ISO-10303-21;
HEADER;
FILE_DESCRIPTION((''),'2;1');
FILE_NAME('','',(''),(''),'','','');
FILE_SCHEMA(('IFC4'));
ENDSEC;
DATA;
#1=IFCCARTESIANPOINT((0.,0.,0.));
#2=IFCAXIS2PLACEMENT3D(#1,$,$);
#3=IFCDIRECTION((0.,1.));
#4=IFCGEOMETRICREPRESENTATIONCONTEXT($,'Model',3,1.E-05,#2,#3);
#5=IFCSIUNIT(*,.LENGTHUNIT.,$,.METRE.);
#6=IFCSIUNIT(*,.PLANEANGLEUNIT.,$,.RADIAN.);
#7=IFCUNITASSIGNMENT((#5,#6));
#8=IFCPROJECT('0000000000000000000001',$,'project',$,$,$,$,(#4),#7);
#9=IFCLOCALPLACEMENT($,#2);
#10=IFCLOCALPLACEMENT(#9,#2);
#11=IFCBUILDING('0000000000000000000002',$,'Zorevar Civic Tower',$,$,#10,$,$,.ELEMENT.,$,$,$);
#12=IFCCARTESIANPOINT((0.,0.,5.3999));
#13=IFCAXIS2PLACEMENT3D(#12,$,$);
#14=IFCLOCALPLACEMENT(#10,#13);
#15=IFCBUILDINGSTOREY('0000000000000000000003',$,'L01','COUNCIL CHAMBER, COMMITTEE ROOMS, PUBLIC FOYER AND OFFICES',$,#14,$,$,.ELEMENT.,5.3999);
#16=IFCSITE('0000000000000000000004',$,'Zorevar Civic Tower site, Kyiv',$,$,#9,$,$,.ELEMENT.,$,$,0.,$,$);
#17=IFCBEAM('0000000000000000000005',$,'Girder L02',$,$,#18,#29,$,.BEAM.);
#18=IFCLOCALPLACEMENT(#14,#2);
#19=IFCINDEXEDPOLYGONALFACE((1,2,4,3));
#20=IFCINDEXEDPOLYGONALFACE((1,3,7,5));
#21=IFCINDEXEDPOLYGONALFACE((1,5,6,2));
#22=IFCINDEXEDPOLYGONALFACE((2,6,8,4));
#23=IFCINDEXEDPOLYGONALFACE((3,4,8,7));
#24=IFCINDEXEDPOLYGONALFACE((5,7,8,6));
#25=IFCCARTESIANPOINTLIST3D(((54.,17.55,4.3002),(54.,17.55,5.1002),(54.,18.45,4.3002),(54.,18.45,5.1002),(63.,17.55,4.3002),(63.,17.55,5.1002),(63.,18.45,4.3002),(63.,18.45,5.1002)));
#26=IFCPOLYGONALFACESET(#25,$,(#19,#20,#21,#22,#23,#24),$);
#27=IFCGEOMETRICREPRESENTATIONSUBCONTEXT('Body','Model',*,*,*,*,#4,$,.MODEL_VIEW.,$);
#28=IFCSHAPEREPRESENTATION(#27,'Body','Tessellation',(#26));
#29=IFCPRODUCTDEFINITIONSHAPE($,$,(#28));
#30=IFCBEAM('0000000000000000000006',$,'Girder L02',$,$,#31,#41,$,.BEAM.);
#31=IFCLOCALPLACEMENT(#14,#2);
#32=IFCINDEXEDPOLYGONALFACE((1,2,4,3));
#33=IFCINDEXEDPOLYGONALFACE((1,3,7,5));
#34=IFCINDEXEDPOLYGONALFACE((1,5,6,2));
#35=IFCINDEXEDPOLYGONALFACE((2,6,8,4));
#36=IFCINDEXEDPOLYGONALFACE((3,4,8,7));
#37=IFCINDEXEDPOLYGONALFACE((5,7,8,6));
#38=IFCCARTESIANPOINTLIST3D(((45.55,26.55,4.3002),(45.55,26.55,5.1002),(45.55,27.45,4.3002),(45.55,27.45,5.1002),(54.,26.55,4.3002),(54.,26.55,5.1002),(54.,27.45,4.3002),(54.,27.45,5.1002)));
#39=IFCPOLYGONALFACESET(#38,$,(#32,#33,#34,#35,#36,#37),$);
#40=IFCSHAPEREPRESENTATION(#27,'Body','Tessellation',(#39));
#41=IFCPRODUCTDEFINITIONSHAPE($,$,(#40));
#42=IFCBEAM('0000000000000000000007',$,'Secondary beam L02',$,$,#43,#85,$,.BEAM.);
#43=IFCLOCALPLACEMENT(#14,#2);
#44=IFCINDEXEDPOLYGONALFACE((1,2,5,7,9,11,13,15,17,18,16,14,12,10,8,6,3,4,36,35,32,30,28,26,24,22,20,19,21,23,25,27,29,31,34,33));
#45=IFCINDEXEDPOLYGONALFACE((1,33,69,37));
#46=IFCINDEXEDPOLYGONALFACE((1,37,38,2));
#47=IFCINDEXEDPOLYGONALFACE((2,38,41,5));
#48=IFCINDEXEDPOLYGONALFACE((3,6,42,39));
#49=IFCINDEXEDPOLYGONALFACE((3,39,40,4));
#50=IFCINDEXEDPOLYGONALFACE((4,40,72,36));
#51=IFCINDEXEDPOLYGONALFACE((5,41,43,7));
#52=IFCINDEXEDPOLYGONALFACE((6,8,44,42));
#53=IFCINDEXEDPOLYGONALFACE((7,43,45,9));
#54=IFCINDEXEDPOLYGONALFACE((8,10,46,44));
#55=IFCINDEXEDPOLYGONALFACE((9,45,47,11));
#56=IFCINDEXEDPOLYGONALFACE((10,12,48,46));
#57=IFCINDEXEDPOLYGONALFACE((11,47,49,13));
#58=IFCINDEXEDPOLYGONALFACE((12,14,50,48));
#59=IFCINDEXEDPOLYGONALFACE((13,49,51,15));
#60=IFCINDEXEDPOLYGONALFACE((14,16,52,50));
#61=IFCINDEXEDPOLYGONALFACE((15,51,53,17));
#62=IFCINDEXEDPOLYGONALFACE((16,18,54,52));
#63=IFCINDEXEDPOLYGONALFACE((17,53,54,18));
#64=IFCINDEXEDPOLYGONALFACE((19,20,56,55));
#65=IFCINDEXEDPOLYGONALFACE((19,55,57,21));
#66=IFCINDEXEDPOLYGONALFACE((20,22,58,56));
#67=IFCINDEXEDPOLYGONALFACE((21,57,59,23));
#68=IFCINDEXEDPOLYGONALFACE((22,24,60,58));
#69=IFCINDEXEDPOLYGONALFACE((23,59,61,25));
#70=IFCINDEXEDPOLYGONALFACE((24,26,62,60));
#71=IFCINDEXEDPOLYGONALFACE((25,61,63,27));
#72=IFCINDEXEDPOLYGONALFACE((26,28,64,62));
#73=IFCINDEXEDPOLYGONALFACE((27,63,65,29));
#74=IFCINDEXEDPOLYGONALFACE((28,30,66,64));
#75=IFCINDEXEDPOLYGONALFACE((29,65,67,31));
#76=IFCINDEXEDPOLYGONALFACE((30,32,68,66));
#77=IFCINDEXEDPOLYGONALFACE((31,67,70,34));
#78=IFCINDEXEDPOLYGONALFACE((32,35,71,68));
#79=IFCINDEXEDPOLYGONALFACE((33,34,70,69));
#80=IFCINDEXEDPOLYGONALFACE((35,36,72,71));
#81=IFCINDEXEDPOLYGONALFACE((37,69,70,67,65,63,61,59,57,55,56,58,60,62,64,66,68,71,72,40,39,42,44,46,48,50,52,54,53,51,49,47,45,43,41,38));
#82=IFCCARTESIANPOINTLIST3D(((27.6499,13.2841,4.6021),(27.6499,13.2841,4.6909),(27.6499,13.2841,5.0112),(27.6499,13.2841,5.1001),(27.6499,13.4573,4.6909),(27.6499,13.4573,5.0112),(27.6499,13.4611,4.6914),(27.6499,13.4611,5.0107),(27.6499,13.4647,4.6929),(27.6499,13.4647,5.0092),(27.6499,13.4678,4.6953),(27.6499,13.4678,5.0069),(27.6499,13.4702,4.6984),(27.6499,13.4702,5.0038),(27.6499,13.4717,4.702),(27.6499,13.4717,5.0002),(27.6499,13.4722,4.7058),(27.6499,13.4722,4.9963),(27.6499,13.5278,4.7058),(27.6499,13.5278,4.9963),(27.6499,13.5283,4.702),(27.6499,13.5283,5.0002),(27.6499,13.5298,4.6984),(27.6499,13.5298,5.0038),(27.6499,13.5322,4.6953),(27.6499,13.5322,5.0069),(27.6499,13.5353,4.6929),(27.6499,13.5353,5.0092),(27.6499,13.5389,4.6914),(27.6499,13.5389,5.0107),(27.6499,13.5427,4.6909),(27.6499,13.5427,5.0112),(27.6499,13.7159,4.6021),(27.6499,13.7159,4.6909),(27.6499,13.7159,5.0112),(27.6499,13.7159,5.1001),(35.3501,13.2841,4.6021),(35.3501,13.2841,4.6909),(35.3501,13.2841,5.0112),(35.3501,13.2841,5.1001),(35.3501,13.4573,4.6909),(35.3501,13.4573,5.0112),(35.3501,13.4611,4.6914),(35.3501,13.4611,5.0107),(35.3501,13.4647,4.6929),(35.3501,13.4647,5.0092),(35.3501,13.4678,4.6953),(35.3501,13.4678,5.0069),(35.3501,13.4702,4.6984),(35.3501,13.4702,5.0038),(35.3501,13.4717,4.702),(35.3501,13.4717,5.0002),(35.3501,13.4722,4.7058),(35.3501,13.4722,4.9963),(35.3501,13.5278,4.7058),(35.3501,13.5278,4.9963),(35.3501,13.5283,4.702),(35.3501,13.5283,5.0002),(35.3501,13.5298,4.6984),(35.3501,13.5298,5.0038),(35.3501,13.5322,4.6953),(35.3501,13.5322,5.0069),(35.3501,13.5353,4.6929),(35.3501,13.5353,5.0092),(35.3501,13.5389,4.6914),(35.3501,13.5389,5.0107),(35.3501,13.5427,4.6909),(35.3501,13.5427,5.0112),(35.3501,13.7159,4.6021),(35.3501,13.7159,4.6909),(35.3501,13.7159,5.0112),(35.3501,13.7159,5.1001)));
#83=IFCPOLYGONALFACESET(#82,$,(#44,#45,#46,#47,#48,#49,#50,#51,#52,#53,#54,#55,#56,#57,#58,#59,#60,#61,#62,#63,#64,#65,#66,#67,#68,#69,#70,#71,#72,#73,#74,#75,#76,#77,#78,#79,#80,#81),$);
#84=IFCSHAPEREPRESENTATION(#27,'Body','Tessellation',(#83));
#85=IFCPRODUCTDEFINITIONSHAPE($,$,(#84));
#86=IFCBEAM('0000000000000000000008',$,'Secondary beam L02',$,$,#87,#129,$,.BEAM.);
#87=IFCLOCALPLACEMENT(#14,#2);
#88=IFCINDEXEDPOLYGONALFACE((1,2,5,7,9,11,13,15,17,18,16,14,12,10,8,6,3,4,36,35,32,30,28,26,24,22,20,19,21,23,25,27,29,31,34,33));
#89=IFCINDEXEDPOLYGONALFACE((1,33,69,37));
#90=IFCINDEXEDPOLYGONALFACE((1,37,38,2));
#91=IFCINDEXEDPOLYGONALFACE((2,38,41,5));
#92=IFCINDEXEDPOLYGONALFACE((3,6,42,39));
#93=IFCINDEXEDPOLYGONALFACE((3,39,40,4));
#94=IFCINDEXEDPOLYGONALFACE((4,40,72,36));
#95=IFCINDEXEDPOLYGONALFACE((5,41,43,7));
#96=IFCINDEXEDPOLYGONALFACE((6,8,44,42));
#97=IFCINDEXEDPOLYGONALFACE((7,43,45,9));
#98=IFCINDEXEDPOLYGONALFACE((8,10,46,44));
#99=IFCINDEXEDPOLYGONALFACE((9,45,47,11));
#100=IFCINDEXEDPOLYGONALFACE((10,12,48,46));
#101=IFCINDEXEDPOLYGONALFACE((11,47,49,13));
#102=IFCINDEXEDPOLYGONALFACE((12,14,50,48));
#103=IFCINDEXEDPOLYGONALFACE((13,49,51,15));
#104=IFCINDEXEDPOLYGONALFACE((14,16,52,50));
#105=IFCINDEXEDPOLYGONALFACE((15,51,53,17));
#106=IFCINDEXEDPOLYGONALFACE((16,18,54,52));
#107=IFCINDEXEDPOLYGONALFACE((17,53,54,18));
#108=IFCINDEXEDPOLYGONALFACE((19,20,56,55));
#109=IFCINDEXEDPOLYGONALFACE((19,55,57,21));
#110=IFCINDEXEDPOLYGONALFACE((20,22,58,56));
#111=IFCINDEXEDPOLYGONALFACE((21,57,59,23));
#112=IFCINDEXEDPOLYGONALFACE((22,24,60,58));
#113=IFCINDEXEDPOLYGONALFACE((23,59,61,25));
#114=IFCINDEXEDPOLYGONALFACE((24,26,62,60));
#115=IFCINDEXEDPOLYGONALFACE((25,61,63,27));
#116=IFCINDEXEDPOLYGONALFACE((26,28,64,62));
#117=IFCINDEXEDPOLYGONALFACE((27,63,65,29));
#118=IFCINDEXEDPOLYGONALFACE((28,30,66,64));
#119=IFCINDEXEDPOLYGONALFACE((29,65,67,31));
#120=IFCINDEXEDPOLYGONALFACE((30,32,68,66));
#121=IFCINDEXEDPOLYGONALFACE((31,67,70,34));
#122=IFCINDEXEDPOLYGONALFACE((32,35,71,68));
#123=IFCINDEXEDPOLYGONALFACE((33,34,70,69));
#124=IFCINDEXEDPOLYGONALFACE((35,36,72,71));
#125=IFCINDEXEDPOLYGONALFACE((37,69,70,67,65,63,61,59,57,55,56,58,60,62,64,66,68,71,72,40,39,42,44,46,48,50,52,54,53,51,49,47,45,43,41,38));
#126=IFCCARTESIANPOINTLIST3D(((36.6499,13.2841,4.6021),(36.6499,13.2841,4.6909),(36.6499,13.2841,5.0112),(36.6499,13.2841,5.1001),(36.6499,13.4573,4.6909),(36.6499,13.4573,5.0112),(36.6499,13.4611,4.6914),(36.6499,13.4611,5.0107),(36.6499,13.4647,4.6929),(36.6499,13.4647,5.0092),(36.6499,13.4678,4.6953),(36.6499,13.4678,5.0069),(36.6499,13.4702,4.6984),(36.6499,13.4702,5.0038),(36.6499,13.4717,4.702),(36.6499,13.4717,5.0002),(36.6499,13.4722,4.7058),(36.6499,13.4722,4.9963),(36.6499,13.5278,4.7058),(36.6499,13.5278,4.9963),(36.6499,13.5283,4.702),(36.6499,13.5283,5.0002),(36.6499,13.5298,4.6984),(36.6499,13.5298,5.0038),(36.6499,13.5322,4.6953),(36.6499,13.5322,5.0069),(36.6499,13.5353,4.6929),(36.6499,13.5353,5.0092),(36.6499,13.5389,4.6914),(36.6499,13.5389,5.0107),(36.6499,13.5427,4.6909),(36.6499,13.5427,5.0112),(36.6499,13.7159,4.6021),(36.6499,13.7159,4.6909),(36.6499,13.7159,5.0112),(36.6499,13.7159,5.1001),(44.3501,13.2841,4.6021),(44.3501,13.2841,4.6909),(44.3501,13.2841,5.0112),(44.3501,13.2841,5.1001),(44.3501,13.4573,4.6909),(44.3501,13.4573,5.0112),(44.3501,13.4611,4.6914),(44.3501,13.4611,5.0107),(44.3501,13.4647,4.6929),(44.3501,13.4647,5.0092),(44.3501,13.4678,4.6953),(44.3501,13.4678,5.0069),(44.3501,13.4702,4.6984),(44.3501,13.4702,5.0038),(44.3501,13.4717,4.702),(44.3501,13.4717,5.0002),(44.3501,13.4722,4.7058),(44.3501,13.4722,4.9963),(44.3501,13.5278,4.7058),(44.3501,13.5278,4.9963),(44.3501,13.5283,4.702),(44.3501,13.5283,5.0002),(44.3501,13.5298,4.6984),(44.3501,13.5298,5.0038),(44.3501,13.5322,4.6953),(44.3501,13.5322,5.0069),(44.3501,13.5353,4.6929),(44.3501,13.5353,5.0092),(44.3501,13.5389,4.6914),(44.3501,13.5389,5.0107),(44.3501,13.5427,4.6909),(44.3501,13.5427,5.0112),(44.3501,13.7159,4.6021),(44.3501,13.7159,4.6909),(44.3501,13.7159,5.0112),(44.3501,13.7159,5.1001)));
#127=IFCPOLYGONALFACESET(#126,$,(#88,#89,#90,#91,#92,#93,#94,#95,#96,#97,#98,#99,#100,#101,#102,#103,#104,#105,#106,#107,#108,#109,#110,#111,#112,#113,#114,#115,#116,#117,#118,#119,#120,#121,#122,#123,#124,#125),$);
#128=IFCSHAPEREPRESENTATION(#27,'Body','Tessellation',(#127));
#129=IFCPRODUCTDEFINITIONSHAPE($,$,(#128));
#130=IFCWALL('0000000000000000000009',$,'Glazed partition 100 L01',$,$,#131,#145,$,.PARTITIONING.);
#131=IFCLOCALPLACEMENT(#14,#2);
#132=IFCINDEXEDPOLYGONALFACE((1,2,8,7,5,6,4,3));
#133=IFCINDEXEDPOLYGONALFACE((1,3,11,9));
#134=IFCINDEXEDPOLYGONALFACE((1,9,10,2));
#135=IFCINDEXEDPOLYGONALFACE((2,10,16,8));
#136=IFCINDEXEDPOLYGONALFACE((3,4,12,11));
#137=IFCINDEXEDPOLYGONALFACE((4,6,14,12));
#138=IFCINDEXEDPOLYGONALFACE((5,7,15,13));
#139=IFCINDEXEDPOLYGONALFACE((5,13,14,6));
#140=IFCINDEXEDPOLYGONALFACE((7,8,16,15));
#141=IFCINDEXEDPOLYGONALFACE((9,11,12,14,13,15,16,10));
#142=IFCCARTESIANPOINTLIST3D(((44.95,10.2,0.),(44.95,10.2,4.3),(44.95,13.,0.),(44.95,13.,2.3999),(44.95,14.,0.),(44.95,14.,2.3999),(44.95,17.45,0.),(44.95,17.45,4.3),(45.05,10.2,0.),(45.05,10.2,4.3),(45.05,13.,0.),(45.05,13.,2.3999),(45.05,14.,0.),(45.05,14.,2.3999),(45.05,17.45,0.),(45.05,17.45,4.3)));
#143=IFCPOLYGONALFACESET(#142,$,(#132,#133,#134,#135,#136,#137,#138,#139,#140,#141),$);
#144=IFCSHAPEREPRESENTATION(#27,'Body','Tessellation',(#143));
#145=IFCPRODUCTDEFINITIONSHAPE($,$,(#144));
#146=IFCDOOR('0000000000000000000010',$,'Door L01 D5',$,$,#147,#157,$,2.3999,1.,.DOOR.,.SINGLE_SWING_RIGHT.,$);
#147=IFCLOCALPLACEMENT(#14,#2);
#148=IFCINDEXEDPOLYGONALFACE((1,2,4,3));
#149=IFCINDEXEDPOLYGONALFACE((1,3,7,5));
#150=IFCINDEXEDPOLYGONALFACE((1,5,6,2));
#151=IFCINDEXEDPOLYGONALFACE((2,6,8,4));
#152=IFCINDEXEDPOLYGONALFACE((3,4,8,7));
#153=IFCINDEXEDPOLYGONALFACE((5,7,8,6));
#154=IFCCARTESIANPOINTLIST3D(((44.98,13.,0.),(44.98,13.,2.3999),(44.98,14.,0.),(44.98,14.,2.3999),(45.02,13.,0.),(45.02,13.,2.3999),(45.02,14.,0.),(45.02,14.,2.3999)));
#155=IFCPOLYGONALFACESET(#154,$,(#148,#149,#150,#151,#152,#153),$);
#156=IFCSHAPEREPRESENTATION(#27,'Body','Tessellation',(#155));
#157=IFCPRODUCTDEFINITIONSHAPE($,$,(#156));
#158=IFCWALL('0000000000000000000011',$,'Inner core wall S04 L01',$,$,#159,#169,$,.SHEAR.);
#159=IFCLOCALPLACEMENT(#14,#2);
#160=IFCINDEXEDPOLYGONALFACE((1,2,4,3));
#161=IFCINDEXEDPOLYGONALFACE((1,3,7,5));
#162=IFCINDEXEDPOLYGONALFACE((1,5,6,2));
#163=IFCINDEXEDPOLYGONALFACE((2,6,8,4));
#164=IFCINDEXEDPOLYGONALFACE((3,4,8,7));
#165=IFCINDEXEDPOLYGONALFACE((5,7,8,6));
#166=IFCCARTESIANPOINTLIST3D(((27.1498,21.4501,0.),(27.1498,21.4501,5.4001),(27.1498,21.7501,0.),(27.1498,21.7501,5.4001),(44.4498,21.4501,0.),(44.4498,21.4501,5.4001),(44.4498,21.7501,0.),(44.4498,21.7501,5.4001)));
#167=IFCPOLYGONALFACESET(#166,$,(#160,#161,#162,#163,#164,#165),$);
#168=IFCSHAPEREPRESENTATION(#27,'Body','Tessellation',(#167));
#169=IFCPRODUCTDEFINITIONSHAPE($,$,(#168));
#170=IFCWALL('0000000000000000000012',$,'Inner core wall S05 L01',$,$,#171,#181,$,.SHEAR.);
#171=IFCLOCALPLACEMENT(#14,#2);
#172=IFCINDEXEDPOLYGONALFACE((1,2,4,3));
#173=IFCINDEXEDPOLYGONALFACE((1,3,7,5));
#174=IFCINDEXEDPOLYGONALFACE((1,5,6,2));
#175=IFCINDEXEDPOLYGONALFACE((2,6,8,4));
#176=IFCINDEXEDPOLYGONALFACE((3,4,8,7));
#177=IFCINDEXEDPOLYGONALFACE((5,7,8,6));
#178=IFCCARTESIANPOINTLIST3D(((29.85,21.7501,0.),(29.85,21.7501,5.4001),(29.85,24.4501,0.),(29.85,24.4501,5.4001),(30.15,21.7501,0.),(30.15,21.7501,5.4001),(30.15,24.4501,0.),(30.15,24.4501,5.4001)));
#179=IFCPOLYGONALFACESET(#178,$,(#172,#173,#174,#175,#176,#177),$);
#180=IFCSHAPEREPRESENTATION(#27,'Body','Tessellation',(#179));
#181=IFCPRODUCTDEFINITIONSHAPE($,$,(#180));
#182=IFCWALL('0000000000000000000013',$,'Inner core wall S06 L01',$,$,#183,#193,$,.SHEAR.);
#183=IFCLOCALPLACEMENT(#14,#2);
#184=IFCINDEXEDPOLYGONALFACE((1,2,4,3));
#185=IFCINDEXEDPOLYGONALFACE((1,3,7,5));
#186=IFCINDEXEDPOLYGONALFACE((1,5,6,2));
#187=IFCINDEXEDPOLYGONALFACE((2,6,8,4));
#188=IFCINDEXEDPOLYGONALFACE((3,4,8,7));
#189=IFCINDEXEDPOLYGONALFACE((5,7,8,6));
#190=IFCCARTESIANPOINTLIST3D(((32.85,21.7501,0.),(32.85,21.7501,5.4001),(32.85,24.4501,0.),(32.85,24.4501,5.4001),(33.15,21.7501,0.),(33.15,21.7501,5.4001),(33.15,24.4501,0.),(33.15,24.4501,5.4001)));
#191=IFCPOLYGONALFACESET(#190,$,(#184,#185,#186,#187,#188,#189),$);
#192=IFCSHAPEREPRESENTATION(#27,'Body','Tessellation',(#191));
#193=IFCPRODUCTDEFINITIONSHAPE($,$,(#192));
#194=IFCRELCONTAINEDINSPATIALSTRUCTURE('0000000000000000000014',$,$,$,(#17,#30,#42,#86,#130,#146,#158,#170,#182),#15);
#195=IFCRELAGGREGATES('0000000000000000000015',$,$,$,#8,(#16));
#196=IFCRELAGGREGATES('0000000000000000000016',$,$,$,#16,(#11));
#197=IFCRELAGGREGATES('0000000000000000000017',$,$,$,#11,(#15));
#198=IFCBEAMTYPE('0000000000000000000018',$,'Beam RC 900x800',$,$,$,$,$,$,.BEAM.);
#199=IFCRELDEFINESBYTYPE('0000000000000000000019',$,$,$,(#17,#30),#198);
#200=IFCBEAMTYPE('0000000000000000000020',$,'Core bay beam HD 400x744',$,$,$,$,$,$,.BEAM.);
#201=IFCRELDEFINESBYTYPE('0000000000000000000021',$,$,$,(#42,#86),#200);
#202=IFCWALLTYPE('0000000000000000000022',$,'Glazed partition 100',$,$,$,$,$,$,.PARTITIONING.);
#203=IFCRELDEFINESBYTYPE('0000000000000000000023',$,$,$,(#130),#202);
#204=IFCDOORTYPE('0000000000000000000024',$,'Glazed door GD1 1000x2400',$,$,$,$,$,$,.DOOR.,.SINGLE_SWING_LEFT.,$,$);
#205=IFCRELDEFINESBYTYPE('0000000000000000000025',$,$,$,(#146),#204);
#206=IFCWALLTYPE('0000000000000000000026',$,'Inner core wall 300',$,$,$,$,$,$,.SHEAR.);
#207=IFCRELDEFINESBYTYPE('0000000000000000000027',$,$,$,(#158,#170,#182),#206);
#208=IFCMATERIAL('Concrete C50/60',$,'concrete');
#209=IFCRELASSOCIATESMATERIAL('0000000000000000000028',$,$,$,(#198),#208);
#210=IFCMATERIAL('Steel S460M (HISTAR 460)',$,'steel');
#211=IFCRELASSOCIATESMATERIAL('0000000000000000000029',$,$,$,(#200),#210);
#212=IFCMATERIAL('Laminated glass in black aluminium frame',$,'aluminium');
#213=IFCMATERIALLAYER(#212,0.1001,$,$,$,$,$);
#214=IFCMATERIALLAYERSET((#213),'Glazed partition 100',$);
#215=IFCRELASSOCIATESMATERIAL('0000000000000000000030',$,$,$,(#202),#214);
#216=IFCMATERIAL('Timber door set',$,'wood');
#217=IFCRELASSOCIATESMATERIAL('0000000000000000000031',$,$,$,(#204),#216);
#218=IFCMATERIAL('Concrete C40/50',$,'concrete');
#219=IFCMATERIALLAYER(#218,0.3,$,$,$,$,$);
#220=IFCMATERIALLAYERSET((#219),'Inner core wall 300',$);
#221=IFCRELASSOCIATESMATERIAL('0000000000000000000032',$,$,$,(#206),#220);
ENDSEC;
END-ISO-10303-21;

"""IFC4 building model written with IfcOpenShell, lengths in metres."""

from ifc_helpers import new_model, si_unit, direction, frame, frame_2d, origin, origin_2d, place, context, subcontext, project, spatial, rectangle, i_section, extrude, material, layer, layer_set, material_profile, profile_set, type_object, element, fill, save


model = new_model("IFC4")

# Units and contexts
model_context = context("Model", 3, precision=1e-05, world=origin(), true_north=direction((0.0, 1.0)))
body_context = subcontext(model_context, "Body", "Model", "MODEL_VIEW")
ifc_project = project(units=[si_unit("LENGTHUNIT", "METRE"), si_unit("PLANEANGLEUNIT", "RADIAN")], contexts=[model_context])

# Site, building, storey
site_placement = place(None, origin())
site = spatial("IfcSite", under=ifc_project, at=site_placement, Name="Zorevar Civic Tower site, Kyiv", CompositionType="ELEMENT", RefElevation=0.0)
building_placement = place(site_placement, origin())
building = spatial("IfcBuilding", under=site, at=building_placement, Name="Zorevar Civic Tower", CompositionType="ELEMENT")
storey_placement = place(building_placement, frame((0.0, 0.0, 5.3999)))
storey = spatial("IfcBuildingStorey", under=building, at=storey_placement, Name="L01", Description="COUNCIL CHAMBER, COMMITTEE ROOMS, PUBLIC FOYER AND OFFICES", CompositionType="ELEMENT", Elevation=5.3999)

# Beams
ifc_material_1 = material(Name="Concrete C50/60", Category="concrete")
ifc_material_profile_1 = material_profile(ifc_material_1, rectangle(XDim=0.8999, YDim=0.8, at=origin_2d()), Name="RC 900x800")
ifc_profile_set_1 = profile_set([ifc_material_profile_1], Name="Concrete C50/60")
beam_type_1 = type_object("IfcBeamType", Name="Beam RC 900x800", PredefinedType="BEAM", material=ifc_profile_set_1)
beam_1_placement = place(storey_placement, frame((54.0, 18.0, 4.7002), z_axis=(1.0, 0.0, 0.0), x_axis=(0.0, 1.0, 0.0)))
element("IfcBeam", 1, at=beam_1_placement, inside=storey, type_object=beam_type_1, Name="Girder L02", PredefinedType="BEAM", context=body_context, shape_type="SweptSolid", body=[
    extrude(rectangle(XDim=0.8999, YDim=0.8, at=origin_2d()), origin(), (0.0, 0.0, 1.0), 9.0),
])
beam_2_placement = place(storey_placement, frame((45.55, 27.0, 4.7002), z_axis=(1.0, 0.0, 0.0), x_axis=(0.0, 1.0, 0.0)))
element("IfcBeam", 2, at=beam_2_placement, inside=storey, type_object=beam_type_1, Name="Girder L02", PredefinedType="BEAM", context=body_context, shape_type="SweptSolid", body=[
    extrude(rectangle(XDim=0.8999, YDim=0.8, at=origin_2d()), origin(), (0.0, 0.0, 1.0), 8.45),
])
ifc_material_2 = material(Name="Steel S460M (HISTAR 460)", Category="steel")
ifc_material_profile_2 = material_profile(ifc_material_2, i_section(OverallWidth=0.4319, OverallDepth=0.498, WebThickness=0.0557, FlangeThickness=0.0889, FilletRadius=0.0149, at=origin_2d()), Name="HD 400x744")
ifc_profile_set_2 = profile_set([ifc_material_profile_2], Name="Steel S460M (HISTAR 460)")
beam_type_2 = type_object("IfcBeamType", Name="Core bay beam HD 400x744", PredefinedType="BEAM", material=ifc_profile_set_2)
for number, where, z_axis, x_axis, name in (
    (3, (27.6499, 13.5, 4.8511), (1.0, 0.0, 0.0), (0.0, 1.0, 0.0), "Secondary beam L02"),
    (4, (36.6499, 13.5, 4.8511), (1.0, 0.0, 0.0), (0.0, 1.0, 0.0), "Secondary beam L02"),
):
    element("IfcBeam", number, at=place(storey_placement, frame(where, z_axis=z_axis, x_axis=x_axis)), inside=storey, type_object=beam_type_2, Name=name, PredefinedType="BEAM", context=body_context, shape_type="SweptSolid", body=[
        extrude(i_section(OverallWidth=0.4319, OverallDepth=0.498, WebThickness=0.0557, FlangeThickness=0.0889, FilletRadius=0.0149, at=origin_2d()), origin(), (0.0, 0.0, 1.0), 7.7002),
    ])

# Wall, opening, door
ifc_material_3 = material(Name="Laminated glass in black aluminium frame", Category="aluminium")
ifc_layer_1 = layer(ifc_material_3, 0.1001)
ifc_layer_set_1 = layer_set([ifc_layer_1], Name="Glazed partition 100")
wall_type_1 = type_object("IfcWallType", Name="Glazed partition 100", PredefinedType="PARTITIONING", material=ifc_layer_set_1)
wall_1_placement = place(storey_placement, frame((45.0, 10.2, 0.0), z_axis=(0.0, 0.0, 1.0), x_axis=(0.0, 1.0, 0.0)))
wall_1 = element("IfcWall", 5, at=wall_1_placement, inside=storey, type_object=wall_type_1, Name="Glazed partition 100 L01", PredefinedType="PARTITIONING", context=body_context, shape_type="SweptSolid", body=[
    extrude(rectangle(XDim=7.25, YDim=0.1001, at=frame_2d((3.625, 0.0))), origin(), (0.0, 0.0, 1.0), 4.3),
])
opening_1_placement = place(wall_1_placement, frame((2.8, 0.0, 0.0)))
opening_1 = element("IfcOpeningElement", 6, at=opening_1_placement, cuts=wall_1, PredefinedType="OPENING", context=body_context, shape_type="SweptSolid", body=[
    extrude(rectangle(XDim=1.0, YDim=2.3999, at=frame_2d((0.5, 1.2))), frame((0.0, 0.0601, 0.0), z_axis=(0.0, -1.0, 0.0), x_axis=(1.0, 0.0, 0.0)), (0.0, 0.0, 1.0), 0.1201),
])
ifc_material_4 = material(Name="Timber door set", Category="wood")
door_type_1 = type_object("IfcDoorType", Name="Glazed door GD1 1000x2400", OperationType="SINGLE_SWING_LEFT", PredefinedType="DOOR", material=ifc_material_4)
door_1_placement = place(opening_1_placement, origin())
door_1 = element("IfcDoor", 7, at=door_1_placement, inside=storey, type_object=door_type_1, Name="Door L01 D5", OperationType="SINGLE_SWING_RIGHT", OverallHeight=2.3999, OverallWidth=1.0, PredefinedType="DOOR", context=body_context, shape_type="SweptSolid", body=[
    extrude(rectangle(XDim=1.0, YDim=2.3999, at=frame_2d((0.5, 1.2))), frame((0.0, 0.02, 0.0), z_axis=(0.0, -1.0, 0.0), x_axis=(1.0, 0.0, 0.0)), (0.0, 0.0, 1.0), 0.04),
])
fill(opening_1, door_1)

# Walls
ifc_material_5 = material(Name="Concrete C40/50", Category="concrete")
ifc_layer_2 = layer(ifc_material_5, 0.3)
ifc_layer_set_2 = layer_set([ifc_layer_2], Name="Inner core wall 300")
wall_type_2 = type_object("IfcWallType", Name="Inner core wall 300", PredefinedType="SHEAR", material=ifc_layer_set_2)
wall_2_placement = place(storey_placement, frame((27.1499, 21.6001, 0.0), z_axis=(0.0, 0.0, 1.0), x_axis=(1.0, 0.0, 0.0)))
element("IfcWall", 8, at=wall_2_placement, inside=storey, type_object=wall_type_2, Name="Inner core wall S04 L01", PredefinedType="SHEAR", context=body_context, shape_type="SweptSolid", body=[
    extrude(rectangle(XDim=17.3, YDim=0.3, at=frame_2d((8.6499, 0.0))), origin(), (0.0, 0.0, 1.0), 5.4001),
])
for number, where, z_axis, x_axis, name in (
    (9, (30.0, 21.75, 0.0), (0.0, 0.0, 1.0), (0.0, 1.0, 0.0), "Inner core wall S05 L01"),
    (10, (33.0, 21.75, 0.0), (0.0, 0.0, 1.0), (0.0, 1.0, 0.0), "Inner core wall S06 L01"),
):
    element("IfcWall", number, at=place(storey_placement, frame(where, z_axis=z_axis, x_axis=x_axis)), inside=storey, type_object=wall_type_2, Name=name, PredefinedType="SHEAR", context=body_context, shape_type="SweptSolid", body=[
        extrude(rectangle(XDim=2.7, YDim=0.3, at=frame_2d((1.3501, 0.0))), origin(), (0.0, 0.0, 1.0), 5.4001),
    ])

save(model, "model.ifc")
